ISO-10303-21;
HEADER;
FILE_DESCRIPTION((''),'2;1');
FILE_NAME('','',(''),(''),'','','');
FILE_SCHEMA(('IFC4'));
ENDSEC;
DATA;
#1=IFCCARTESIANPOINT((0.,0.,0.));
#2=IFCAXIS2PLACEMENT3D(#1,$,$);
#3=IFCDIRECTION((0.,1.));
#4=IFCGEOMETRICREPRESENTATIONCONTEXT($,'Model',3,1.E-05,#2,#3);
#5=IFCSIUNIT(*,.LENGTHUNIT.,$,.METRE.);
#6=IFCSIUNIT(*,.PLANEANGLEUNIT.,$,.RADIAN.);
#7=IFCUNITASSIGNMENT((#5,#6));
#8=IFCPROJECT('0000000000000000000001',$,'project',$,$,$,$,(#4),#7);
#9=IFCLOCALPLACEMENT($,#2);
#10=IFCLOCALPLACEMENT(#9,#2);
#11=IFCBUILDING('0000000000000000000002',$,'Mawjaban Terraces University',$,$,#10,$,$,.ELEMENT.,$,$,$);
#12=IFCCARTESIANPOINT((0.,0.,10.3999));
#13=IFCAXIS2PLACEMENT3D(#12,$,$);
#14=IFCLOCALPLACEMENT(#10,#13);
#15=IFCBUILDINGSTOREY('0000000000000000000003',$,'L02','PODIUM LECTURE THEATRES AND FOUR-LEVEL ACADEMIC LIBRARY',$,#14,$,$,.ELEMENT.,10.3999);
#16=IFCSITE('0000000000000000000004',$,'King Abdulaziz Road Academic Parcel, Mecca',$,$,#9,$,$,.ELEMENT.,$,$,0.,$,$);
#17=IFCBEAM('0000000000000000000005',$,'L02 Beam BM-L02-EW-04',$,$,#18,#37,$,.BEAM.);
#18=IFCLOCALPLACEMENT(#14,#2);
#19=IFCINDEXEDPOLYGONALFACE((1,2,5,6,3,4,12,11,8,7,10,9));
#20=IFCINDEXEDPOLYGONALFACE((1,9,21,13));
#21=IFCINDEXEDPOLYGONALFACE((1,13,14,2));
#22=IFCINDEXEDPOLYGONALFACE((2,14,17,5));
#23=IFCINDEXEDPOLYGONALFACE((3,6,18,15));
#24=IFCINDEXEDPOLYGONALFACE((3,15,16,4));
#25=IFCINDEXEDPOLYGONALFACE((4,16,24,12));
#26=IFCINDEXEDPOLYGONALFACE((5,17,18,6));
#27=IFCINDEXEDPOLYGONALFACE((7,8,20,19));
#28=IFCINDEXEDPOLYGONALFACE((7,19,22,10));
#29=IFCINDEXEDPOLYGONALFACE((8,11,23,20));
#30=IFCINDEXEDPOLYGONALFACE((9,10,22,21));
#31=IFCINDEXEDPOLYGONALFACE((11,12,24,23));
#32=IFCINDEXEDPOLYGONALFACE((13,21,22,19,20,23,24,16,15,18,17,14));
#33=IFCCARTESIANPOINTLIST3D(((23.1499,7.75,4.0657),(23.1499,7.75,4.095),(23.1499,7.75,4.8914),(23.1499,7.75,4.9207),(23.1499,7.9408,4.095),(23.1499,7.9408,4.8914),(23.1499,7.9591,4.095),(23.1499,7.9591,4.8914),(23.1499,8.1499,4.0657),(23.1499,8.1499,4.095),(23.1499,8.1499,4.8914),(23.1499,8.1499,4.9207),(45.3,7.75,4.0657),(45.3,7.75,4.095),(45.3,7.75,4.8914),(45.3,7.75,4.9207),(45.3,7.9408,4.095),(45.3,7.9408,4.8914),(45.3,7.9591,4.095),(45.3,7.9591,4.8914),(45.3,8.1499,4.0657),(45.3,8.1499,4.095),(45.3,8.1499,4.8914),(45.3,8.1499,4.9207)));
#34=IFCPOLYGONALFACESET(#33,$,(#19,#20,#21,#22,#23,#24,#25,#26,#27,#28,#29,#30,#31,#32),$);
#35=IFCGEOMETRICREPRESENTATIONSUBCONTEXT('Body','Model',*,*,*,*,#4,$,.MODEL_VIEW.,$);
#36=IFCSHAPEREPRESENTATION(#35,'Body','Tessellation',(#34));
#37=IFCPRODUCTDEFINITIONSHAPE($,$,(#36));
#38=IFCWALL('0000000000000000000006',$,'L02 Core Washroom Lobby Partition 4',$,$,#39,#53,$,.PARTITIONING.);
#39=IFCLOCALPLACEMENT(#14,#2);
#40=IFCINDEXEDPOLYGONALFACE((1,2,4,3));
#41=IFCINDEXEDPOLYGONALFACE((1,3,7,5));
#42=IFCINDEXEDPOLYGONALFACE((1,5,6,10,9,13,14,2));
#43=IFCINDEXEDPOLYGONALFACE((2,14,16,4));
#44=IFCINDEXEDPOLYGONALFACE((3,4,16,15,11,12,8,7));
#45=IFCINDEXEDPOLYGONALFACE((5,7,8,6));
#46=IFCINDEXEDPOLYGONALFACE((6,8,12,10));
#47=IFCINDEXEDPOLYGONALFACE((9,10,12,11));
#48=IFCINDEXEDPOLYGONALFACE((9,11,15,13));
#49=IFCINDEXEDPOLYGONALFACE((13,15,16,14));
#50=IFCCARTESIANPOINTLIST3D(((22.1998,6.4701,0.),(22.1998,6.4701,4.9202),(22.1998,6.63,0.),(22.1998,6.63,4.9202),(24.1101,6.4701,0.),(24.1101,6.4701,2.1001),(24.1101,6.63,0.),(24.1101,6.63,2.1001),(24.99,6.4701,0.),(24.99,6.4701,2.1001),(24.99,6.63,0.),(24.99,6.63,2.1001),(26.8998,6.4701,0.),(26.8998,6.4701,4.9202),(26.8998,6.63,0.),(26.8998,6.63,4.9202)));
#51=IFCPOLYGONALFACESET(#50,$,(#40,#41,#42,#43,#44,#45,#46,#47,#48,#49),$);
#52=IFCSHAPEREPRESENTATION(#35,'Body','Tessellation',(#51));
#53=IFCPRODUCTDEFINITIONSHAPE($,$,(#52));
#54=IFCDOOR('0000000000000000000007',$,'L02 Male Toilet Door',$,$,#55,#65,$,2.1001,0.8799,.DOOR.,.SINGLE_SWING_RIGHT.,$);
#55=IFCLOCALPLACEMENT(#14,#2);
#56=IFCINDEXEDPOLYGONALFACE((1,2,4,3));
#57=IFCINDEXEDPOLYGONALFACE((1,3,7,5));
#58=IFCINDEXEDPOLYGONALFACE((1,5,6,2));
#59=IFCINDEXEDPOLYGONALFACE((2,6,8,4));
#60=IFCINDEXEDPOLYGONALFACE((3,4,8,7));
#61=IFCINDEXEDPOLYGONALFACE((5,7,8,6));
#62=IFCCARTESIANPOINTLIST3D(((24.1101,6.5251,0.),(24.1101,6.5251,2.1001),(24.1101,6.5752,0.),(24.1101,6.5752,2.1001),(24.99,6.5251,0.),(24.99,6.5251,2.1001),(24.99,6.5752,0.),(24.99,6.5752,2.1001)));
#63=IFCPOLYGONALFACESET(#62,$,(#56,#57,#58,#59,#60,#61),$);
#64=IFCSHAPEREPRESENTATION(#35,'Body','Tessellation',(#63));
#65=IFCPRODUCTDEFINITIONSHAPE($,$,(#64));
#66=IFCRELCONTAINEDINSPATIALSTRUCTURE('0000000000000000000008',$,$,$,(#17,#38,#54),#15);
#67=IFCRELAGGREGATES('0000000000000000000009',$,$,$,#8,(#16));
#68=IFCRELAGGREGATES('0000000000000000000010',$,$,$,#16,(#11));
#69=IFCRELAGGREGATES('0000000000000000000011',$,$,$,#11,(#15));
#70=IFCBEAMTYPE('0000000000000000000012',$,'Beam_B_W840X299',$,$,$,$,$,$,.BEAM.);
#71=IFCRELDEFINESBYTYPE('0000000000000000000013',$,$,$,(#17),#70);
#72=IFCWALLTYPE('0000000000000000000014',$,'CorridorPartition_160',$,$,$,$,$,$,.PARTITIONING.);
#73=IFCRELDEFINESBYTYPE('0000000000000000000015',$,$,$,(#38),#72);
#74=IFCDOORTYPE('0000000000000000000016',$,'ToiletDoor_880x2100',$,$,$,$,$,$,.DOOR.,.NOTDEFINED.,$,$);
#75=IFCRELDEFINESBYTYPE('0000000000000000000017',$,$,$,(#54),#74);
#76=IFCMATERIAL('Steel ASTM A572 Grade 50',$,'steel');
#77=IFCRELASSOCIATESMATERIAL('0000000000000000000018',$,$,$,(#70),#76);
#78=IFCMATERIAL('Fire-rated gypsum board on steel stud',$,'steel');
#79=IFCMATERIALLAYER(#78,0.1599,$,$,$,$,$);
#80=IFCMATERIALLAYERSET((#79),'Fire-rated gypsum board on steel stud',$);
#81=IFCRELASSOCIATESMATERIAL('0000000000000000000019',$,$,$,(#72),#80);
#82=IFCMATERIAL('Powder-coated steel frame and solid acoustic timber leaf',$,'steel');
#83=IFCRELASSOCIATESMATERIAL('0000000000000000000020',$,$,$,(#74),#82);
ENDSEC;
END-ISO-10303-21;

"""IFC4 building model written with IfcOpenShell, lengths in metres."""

from ifc_helpers import new_model, si_unit, direction, frame, frame_2d, origin, origin_2d, place, context, subcontext, project, spatial, rectangle, i_section, extrude, material, layer, layer_set, material_profile, profile_set, type_object, element, fill, save


model = new_model("IFC4")

# Units and contexts
model_context = context("Model", 3, precision=1e-05, world=origin(), true_north=direction((0.0, 1.0)))
body_context = subcontext(model_context, "Body", "Model", "MODEL_VIEW")
ifc_project = project(units=[si_unit("LENGTHUNIT", "METRE"), si_unit("PLANEANGLEUNIT", "RADIAN")], contexts=[model_context])

# Site, building, storey
site_placement = place(None, origin())
site = spatial("IfcSite", under=ifc_project, at=site_placement, Name="King Abdulaziz Road Academic Parcel, Mecca", CompositionType="ELEMENT", RefElevation=0.0)
building_placement = place(site_placement, origin())
building = spatial("IfcBuilding", under=site, at=building_placement, Name="Mawjaban Terraces University", CompositionType="ELEMENT")
storey_placement = place(building_placement, frame((0.0, 0.0, 10.3999)))
storey = spatial("IfcBuildingStorey", under=building, at=storey_placement, Name="L02", Description="PODIUM LECTURE THEATRES AND FOUR-LEVEL ACADEMIC LIBRARY", CompositionType="ELEMENT", Elevation=10.3999)

# Beam
ifc_material_1 = material(Name="Steel ASTM A572 Grade 50", Category="steel")
ifc_material_profile = material_profile(ifc_material_1, i_section(OverallWidth=0.3999, OverallDepth=0.855, WebThickness=0.0183, FlangeThickness=0.0293, at=origin_2d()), Name="W840X299")
ifc_profile_set = profile_set([ifc_material_profile], Name="Steel ASTM A572 Grade 50")
beam_type = type_object("IfcBeamType", Name="Beam_B_W840X299", PredefinedType="BEAM", material=ifc_profile_set)
beam_placement = place(storey_placement, frame((23.1499, 7.95, 4.4932), z_axis=(1.0, 0.0, 0.0), x_axis=(0.0, 1.0, 0.0)))
element("IfcBeam", 1, at=beam_placement, inside=storey, type_object=beam_type, Name="L02 Beam BM-L02-EW-04", PredefinedType="BEAM", context=body_context, shape_type="SweptSolid", body=[
    extrude(i_section(OverallWidth=0.3999, OverallDepth=0.855, WebThickness=0.0183, FlangeThickness=0.0293, at=origin_2d()), origin(), (0.0, 0.0, 1.0), 22.1501),
])

# Wall, opening, door
ifc_material_2 = material(Name="Fire-rated gypsum board on steel stud", Category="steel")
ifc_layer_1 = layer(ifc_material_2, 0.1599)
ifc_layer_set_1 = layer_set([ifc_layer_1], Name="Fire-rated gypsum board on steel stud")
wall_type_1 = type_object("IfcWallType", Name="CorridorPartition_160", PredefinedType="PARTITIONING", material=ifc_layer_set_1)
wall_1_placement = place(storey_placement, frame((26.8999, 6.55, 0.0), z_axis=(0.0, 0.0, 1.0), x_axis=(-1.0, 0.0, 0.0)))
wall_1 = element("IfcWall", 2, at=wall_1_placement, inside=storey, type_object=wall_type_1, Name="L02 Core Washroom Lobby Partition 4", PredefinedType="PARTITIONING", context=body_context, shape_type="SweptSolid", body=[
    extrude(rectangle(XDim=4.7, YDim=0.1599, at=frame_2d((2.3501, 0.0))), origin(), (0.0, 0.0, 1.0), 4.9202),
])
opening_1_placement = place(wall_1_placement, frame((1.9099, 0.0, 0.0)))
opening_1 = element("IfcOpeningElement", 3, at=opening_1_placement, cuts=wall_1, PredefinedType="OPENING", context=body_context, shape_type="SweptSolid", body=[
    extrude(rectangle(XDim=0.8799, YDim=2.1001, at=frame_2d((0.4399, 1.05))), frame((0.0, 0.0898, 0.0), z_axis=(0.0, -1.0, 0.0), x_axis=(1.0, 0.0, 0.0)), (0.0, 0.0, 1.0), 0.1799),
])
ifc_material_3 = material(Name="Powder-coated steel frame and solid acoustic timber leaf", Category="steel")
door_type = type_object("IfcDoorType", Name="ToiletDoor_880x2100", OperationType="NOTDEFINED", PredefinedType="DOOR", material=ifc_material_3)
door_placement = place(opening_1_placement, origin())
door = element("IfcDoor", 4, at=door_placement, inside=storey, type_object=door_type, Name="L02 Male Toilet Door", OperationType="SINGLE_SWING_RIGHT", OverallHeight=2.1001, OverallWidth=0.8799, PredefinedType="DOOR", context=body_context, shape_type="SweptSolid", body=[
    extrude(rectangle(XDim=0.8799, YDim=2.1001, at=frame_2d((0.4399, 1.05))), frame((0.0, 0.0249, 0.0), z_axis=(0.0, -1.0, 0.0), x_axis=(1.0, 0.0, 0.0)), (0.0, 0.0, 1.0), 0.05),
])
fill(opening_1, door)

save(model, "model.ifc")
